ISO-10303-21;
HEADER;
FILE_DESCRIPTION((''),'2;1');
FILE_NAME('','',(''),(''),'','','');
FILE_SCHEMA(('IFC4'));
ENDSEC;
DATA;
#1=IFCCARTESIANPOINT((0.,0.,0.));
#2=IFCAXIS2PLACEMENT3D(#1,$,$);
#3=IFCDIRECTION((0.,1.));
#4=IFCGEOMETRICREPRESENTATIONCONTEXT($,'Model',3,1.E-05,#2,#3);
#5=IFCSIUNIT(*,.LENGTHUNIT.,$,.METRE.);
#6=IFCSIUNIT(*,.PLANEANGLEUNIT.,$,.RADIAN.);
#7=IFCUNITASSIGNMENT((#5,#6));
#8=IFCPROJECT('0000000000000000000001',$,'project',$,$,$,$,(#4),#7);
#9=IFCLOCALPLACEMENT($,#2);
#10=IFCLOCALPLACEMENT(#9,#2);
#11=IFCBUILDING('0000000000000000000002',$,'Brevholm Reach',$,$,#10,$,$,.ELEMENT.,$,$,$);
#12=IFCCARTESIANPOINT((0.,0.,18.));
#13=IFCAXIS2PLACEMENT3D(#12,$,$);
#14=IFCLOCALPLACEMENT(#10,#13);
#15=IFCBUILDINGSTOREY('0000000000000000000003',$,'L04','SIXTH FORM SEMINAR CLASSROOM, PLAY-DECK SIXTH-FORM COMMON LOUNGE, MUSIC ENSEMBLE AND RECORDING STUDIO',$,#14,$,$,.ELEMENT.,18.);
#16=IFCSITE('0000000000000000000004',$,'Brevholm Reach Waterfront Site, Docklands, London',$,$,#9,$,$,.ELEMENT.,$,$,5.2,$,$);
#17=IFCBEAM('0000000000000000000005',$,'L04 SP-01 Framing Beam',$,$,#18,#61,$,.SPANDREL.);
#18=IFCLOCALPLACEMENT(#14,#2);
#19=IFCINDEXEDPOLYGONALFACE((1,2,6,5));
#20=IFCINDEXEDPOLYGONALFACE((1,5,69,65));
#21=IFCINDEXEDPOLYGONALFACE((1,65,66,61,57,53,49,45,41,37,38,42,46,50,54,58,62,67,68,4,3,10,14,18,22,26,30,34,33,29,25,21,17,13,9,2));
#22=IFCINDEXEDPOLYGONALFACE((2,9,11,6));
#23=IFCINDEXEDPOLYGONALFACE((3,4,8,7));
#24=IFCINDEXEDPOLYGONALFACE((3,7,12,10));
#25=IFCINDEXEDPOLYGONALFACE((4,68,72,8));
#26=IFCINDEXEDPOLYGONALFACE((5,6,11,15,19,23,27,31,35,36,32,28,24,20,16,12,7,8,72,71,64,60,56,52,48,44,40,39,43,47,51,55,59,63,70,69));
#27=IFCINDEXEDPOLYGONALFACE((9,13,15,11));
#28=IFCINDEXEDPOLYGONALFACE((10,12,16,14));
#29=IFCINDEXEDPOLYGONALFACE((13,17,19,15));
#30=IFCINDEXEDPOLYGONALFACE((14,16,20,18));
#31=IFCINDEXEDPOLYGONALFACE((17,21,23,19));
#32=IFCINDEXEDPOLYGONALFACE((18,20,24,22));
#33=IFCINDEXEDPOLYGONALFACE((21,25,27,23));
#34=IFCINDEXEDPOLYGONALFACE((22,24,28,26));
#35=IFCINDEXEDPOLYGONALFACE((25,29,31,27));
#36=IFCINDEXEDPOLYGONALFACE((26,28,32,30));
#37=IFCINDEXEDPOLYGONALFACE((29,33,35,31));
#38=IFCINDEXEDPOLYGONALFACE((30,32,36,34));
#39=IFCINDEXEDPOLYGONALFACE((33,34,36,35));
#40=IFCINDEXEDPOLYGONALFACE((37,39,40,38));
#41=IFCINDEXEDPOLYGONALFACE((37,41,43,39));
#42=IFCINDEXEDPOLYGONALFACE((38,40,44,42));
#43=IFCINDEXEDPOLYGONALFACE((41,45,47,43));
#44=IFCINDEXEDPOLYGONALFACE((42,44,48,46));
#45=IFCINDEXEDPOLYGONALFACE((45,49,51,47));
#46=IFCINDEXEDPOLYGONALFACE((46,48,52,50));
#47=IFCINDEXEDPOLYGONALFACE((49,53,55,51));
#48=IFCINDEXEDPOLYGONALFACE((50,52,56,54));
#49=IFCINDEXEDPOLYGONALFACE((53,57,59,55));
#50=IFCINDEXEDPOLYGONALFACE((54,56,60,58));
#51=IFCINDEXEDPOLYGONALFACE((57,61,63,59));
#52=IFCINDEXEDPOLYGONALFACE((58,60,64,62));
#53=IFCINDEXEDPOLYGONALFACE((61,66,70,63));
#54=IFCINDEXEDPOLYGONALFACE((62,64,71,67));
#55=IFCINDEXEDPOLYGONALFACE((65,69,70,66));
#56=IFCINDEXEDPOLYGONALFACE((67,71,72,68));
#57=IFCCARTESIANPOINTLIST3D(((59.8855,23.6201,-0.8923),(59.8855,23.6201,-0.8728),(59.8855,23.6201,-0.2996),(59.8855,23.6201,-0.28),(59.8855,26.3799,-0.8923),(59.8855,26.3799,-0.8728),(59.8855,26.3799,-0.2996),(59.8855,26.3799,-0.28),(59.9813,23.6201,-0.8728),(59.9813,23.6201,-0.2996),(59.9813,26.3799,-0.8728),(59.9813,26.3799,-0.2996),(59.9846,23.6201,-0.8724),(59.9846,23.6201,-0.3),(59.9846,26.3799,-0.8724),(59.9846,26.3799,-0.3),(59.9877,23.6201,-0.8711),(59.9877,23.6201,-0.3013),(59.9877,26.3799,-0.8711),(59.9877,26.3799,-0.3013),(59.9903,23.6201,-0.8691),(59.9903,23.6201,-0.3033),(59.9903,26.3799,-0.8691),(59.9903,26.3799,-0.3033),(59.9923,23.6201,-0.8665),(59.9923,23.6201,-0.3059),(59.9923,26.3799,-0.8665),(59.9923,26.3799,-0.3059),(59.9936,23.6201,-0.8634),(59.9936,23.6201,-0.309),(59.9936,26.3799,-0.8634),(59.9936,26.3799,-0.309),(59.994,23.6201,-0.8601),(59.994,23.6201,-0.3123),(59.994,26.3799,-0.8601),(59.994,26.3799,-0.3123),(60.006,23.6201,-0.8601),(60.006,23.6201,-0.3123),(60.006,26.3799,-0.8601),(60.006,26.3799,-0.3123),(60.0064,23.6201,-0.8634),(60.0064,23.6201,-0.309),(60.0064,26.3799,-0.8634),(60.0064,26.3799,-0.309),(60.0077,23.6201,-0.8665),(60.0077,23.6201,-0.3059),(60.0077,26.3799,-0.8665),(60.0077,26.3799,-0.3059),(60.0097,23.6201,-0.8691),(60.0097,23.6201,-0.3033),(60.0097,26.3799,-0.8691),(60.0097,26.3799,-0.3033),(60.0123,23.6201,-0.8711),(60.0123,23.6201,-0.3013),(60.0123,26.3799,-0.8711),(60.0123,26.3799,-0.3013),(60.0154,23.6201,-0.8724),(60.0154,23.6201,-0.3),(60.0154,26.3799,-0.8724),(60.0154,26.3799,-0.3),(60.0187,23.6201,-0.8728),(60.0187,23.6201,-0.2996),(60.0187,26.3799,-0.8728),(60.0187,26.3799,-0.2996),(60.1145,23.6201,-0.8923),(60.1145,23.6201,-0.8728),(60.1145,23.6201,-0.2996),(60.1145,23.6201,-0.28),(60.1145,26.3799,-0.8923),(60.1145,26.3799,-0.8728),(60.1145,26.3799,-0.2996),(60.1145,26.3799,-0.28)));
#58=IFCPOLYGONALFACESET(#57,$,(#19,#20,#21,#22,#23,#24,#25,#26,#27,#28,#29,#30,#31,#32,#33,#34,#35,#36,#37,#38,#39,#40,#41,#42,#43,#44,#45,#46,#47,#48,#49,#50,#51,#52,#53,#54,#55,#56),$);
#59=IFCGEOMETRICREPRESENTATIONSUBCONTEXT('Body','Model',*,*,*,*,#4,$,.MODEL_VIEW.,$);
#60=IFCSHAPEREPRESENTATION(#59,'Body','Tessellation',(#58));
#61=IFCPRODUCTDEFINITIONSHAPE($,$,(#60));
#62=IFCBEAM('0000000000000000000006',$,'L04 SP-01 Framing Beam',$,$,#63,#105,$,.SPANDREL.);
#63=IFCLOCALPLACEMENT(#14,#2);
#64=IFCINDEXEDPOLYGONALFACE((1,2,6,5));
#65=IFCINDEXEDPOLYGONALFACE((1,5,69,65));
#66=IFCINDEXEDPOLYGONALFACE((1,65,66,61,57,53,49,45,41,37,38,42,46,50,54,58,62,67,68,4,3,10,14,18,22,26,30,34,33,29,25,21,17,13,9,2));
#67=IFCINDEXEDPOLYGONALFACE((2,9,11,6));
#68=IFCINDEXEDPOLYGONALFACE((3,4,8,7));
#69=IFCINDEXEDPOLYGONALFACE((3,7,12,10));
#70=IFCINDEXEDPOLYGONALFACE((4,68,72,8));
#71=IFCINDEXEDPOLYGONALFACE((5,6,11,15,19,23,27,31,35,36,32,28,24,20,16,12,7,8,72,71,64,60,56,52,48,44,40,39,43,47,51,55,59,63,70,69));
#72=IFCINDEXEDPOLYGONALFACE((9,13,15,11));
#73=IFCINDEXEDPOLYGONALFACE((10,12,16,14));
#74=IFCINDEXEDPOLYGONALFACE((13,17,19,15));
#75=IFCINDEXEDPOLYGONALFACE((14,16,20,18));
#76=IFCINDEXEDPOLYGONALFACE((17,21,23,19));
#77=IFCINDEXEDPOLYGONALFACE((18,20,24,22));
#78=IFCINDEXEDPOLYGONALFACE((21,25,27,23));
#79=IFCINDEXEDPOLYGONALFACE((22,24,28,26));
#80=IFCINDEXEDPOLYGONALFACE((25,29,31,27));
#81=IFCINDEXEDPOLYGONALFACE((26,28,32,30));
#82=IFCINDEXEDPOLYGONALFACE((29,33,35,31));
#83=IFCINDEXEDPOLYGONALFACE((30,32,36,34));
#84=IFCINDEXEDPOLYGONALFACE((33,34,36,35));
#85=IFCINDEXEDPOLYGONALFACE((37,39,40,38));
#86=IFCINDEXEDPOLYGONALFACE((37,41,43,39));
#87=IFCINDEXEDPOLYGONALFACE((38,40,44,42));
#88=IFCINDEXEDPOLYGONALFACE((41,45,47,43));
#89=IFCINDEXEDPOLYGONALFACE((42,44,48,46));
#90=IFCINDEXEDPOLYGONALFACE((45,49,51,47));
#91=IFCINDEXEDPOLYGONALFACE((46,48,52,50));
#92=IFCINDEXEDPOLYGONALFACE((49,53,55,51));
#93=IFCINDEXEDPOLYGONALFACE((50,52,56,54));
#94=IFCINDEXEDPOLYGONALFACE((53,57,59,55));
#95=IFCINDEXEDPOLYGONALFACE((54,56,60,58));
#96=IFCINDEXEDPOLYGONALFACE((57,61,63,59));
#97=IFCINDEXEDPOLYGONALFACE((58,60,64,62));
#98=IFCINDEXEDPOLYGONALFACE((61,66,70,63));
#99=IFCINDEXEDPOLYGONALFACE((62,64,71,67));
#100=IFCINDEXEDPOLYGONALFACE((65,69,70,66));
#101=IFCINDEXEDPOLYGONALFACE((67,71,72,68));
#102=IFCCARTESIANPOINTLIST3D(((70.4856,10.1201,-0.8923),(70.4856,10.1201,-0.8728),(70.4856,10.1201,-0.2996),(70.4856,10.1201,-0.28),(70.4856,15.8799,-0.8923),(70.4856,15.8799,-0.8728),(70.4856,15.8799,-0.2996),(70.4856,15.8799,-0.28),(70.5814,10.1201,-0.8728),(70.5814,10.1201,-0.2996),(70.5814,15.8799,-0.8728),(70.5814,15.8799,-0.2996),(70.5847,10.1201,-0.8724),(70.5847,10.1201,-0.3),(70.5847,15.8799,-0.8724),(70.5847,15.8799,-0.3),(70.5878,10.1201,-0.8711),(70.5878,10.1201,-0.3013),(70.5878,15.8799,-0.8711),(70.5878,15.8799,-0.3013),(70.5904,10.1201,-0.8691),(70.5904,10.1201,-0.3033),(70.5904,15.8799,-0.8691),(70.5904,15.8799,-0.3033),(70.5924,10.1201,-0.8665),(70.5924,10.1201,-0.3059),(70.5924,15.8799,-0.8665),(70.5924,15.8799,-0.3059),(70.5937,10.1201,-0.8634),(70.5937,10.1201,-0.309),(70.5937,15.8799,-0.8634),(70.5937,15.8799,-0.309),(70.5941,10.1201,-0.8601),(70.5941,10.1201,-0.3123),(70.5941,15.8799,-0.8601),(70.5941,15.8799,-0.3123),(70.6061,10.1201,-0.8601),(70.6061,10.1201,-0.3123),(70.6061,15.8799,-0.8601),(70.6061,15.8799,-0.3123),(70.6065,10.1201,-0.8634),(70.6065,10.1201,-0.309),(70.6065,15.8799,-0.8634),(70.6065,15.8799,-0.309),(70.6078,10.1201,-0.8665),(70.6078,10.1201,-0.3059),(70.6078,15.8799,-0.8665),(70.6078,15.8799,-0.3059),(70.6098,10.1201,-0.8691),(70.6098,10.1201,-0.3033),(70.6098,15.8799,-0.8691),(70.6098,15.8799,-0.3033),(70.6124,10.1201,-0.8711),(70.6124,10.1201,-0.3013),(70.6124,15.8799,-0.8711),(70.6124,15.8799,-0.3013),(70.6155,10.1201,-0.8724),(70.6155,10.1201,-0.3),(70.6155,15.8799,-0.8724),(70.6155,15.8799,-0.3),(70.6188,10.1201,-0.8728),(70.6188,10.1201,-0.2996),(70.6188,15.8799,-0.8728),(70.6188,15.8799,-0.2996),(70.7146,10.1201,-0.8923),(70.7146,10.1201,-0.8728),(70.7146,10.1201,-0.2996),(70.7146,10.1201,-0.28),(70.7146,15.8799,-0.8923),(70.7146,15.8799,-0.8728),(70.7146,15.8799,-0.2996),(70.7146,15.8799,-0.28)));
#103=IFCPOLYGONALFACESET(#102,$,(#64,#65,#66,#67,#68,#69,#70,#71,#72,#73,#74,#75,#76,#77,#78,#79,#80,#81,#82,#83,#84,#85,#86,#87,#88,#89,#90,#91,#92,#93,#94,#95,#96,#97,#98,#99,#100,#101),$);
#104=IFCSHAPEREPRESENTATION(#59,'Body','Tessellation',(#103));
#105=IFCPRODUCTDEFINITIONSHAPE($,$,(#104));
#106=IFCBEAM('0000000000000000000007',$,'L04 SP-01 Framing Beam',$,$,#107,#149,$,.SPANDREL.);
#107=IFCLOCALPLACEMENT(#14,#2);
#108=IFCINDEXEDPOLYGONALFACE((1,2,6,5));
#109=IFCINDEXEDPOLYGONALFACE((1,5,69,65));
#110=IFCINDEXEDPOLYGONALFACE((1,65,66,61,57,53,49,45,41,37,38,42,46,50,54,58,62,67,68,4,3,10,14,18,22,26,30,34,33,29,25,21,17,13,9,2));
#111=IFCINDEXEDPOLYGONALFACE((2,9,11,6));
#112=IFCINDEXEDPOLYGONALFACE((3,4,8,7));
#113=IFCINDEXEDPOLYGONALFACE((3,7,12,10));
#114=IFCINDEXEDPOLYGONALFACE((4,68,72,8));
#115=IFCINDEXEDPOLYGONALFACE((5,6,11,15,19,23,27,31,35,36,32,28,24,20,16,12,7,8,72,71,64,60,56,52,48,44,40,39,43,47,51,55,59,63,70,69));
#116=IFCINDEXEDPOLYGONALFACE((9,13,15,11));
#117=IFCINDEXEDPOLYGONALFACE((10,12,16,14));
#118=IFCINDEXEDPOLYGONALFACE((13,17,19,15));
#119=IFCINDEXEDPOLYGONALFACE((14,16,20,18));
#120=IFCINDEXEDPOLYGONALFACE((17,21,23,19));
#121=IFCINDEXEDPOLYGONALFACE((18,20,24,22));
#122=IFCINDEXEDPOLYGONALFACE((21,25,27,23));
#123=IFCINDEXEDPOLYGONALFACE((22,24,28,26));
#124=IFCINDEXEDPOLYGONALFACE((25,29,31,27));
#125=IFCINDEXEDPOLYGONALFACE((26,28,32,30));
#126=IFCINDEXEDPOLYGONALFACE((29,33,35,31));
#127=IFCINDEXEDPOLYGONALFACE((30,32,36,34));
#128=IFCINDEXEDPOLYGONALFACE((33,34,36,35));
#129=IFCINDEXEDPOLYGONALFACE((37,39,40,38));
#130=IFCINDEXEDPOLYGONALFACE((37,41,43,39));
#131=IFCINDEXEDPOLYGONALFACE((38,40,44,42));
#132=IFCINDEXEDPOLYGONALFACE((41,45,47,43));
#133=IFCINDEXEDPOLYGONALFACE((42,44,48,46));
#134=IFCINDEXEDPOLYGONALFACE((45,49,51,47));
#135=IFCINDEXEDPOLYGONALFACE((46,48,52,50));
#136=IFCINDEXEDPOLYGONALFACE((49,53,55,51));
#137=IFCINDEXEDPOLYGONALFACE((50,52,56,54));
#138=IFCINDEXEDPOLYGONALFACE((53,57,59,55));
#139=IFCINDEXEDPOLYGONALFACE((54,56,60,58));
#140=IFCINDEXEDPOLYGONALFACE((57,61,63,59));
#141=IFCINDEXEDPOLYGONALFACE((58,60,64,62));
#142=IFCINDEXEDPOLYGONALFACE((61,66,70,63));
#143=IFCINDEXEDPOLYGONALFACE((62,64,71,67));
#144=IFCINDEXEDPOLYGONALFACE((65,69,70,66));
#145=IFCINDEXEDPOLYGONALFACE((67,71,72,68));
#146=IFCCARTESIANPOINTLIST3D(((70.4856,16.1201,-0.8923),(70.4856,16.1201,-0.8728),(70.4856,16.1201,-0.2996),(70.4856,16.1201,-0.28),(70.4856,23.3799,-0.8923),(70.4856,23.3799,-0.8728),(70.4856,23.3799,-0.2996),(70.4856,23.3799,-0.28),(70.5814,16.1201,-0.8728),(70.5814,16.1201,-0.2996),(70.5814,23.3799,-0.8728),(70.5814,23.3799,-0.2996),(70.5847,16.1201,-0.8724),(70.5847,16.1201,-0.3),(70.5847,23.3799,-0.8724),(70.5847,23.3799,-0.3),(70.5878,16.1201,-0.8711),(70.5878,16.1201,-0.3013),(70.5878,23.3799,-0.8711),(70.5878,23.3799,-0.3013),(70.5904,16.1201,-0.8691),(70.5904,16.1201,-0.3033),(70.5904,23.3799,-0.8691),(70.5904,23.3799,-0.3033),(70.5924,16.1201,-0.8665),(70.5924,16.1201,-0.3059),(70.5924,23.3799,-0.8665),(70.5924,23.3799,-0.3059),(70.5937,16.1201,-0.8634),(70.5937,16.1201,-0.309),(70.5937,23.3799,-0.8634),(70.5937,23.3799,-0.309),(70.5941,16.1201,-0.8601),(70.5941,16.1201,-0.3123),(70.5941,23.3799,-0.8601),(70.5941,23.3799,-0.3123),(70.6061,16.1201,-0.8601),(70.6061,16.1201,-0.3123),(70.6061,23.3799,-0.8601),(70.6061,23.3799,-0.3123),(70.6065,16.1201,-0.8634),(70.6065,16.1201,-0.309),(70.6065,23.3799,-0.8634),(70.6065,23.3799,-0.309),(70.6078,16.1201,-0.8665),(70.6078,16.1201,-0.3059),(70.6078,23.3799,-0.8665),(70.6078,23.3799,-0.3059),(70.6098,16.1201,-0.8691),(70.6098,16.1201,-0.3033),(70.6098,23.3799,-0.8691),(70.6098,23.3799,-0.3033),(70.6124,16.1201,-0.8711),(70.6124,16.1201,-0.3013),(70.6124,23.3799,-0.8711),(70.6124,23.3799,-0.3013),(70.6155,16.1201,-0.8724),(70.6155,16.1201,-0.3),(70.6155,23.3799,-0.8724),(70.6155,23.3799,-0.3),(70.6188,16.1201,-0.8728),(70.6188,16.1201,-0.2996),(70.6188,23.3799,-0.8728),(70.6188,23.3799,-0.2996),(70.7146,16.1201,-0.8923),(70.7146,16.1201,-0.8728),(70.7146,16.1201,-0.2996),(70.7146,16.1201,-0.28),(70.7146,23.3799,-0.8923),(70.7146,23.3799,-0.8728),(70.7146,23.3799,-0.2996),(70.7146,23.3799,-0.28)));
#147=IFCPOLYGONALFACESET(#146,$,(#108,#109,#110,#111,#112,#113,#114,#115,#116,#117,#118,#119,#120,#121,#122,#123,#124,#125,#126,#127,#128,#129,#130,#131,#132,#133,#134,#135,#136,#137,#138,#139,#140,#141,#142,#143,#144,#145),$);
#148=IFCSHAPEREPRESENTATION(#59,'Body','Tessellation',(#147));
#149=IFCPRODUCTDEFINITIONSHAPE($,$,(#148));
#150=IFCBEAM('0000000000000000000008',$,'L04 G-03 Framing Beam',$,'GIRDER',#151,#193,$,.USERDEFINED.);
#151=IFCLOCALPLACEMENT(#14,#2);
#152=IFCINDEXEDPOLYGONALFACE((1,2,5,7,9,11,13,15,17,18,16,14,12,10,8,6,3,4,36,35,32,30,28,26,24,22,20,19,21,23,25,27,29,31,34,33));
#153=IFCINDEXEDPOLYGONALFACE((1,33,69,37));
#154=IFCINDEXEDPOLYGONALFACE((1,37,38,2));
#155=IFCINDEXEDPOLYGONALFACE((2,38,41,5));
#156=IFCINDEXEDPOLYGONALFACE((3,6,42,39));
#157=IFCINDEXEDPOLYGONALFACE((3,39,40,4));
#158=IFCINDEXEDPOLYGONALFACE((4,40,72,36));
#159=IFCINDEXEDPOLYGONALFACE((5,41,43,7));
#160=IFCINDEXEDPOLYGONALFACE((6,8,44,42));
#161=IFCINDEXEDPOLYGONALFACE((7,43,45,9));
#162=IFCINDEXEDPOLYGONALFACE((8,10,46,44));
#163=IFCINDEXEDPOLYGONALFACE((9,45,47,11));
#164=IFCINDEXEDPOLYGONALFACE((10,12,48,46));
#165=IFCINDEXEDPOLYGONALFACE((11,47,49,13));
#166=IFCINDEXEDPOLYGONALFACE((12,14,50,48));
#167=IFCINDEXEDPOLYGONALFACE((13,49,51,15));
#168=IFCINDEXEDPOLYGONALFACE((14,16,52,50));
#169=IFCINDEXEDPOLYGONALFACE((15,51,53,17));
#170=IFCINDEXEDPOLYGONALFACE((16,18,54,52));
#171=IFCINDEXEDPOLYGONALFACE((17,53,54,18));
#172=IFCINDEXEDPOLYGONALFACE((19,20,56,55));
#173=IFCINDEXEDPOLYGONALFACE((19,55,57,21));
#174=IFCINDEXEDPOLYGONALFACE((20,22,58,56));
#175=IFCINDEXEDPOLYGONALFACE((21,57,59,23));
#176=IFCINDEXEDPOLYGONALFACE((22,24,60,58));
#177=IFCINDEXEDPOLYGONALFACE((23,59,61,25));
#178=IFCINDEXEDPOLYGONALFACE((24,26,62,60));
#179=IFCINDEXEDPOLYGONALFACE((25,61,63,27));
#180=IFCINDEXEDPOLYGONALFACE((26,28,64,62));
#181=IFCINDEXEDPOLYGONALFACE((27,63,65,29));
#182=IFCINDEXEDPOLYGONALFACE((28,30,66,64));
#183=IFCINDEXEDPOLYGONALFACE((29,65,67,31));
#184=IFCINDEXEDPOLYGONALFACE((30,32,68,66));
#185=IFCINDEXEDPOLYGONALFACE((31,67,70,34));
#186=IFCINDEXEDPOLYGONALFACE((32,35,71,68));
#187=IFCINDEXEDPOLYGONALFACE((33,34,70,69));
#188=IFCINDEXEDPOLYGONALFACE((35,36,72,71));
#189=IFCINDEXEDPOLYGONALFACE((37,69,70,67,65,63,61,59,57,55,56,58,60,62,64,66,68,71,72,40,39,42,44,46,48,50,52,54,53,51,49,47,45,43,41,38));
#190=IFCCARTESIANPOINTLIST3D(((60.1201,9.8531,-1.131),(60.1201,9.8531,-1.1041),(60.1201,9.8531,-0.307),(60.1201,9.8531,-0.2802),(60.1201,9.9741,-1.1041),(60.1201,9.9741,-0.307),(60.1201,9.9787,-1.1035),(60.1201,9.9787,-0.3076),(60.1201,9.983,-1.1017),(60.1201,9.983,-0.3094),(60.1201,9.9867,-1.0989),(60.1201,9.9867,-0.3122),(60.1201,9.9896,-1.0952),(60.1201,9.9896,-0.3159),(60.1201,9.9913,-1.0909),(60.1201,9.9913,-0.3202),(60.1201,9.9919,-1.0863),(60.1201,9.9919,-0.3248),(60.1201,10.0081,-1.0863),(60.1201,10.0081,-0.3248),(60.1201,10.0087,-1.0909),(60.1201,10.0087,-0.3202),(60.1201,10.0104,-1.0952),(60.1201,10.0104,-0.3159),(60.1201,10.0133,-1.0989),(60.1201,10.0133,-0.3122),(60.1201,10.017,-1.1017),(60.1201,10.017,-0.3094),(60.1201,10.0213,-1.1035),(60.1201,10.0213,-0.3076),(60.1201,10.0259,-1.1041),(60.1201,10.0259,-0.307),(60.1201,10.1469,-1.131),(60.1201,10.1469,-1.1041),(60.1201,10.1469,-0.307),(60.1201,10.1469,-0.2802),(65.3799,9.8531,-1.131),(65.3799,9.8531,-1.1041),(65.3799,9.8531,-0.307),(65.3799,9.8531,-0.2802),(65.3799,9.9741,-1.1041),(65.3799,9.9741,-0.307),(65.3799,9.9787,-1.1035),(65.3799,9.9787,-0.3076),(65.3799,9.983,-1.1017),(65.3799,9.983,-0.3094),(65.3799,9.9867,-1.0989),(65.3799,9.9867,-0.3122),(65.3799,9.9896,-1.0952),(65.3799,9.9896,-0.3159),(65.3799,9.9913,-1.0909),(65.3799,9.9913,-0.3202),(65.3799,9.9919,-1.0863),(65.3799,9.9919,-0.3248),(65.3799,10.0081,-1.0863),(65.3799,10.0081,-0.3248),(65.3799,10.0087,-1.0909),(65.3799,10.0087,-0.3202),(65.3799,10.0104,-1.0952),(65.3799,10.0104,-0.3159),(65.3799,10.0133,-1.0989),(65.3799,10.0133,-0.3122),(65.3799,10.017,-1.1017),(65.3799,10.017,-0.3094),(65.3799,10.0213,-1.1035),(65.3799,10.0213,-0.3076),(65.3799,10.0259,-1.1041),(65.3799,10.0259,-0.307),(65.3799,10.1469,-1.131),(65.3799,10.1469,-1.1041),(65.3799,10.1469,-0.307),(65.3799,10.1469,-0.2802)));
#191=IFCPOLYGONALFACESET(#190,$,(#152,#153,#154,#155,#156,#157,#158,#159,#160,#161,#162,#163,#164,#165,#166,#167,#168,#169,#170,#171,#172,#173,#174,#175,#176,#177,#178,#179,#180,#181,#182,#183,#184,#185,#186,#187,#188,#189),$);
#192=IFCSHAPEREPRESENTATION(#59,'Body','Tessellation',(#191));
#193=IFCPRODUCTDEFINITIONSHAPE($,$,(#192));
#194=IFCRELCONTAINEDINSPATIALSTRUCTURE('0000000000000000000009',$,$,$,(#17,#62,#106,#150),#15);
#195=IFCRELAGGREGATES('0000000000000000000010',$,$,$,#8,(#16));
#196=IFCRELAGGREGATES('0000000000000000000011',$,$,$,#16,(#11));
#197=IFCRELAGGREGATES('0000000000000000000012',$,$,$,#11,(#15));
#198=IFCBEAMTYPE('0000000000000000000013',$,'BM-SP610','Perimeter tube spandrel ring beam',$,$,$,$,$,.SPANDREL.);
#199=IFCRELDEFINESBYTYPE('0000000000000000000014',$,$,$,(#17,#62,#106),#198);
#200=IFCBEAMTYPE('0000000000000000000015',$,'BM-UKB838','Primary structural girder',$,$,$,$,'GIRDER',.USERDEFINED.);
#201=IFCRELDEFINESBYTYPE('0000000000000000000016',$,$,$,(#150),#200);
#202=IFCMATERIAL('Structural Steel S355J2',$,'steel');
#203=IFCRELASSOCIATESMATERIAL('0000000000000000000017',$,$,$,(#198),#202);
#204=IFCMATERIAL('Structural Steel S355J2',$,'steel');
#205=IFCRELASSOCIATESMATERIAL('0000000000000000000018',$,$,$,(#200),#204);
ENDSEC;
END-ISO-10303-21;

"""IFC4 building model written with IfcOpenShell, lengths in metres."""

from ifc_helpers import new_model, si_unit, direction, frame, origin, origin_2d, place, context, subcontext, project, spatial, i_section, extrude, material, material_profile, profile_set, type_object, element, save


model = new_model("IFC4")

# Units and contexts
model_context = context("Model", 3, precision=1e-05, world=origin(), true_north=direction((0.0, 1.0)))
body_context = subcontext(model_context, "Body", "Model", "MODEL_VIEW")
ifc_project = project(units=[si_unit("LENGTHUNIT", "METRE"), si_unit("PLANEANGLEUNIT", "RADIAN")], contexts=[model_context])

# Site, building, storey
site_placement = place(None, origin())
site = spatial("IfcSite", under=ifc_project, at=site_placement, Name="Brevholm Reach Waterfront Site, Docklands, London", CompositionType="ELEMENT", RefElevation=5.2)
building_placement = place(site_placement, origin())
building = spatial("IfcBuilding", under=site, at=building_placement, Name="Brevholm Reach", CompositionType="ELEMENT")
storey_placement = place(building_placement, frame((0.0, 0.0, 18.0)))
storey = spatial("IfcBuildingStorey", under=building, at=storey_placement, Name="L04", Description="SIXTH FORM SEMINAR CLASSROOM, PLAY-DECK SIXTH-FORM COMMON LOUNGE, MUSIC ENSEMBLE AND RECORDING STUDIO", CompositionType="ELEMENT", Elevation=18.0)

# Beams
ifc_material_1 = material(Name="Structural Steel S355J2", Category="steel")
ifc_material_profile_1 = material_profile(ifc_material_1, i_section(OverallWidth=0.229, OverallDepth=0.6123, WebThickness=0.012, FlangeThickness=0.0195, FilletRadius=0.0127, at=origin_2d()), Name="UKB 610x229x125")
ifc_profile_set_1 = profile_set([ifc_material_profile_1], Name="Structural Steel S355J2")
beam_type_1 = type_object("IfcBeamType", Name="BM-SP610", Description="Perimeter tube spandrel ring beam", PredefinedType="SPANDREL", material=ifc_profile_set_1)
beam_1_placement = place(storey_placement, frame((60.0, 23.6201, -0.5862), z_axis=(0.0, 1.0, 0.0), x_axis=(-1.0, 0.0, 0.0)))
element("IfcBeam", 1, at=beam_1_placement, inside=storey, type_object=beam_type_1, Name="L04 SP-01 Framing Beam", PredefinedType="SPANDREL", context=body_context, shape_type="SweptSolid", body=[
    extrude(i_section(OverallWidth=0.229, OverallDepth=0.6123, WebThickness=0.012, FlangeThickness=0.0195, FilletRadius=0.0127, at=origin_2d()), origin(), (0.0, 0.0, 1.0), 2.7598),
])
beam_2_placement = place(storey_placement, frame((70.6001, 10.1201, -0.5862), z_axis=(0.0, 1.0, 0.0), x_axis=(-1.0, 0.0, 0.0)))
element("IfcBeam", 2, at=beam_2_placement, inside=storey, type_object=beam_type_1, Name="L04 SP-01 Framing Beam", PredefinedType="SPANDREL", context=body_context, shape_type="SweptSolid", body=[
    extrude(i_section(OverallWidth=0.229, OverallDepth=0.6123, WebThickness=0.012, FlangeThickness=0.0195, FilletRadius=0.0127, at=origin_2d()), origin(), (0.0, 0.0, 1.0), 5.7598),
])
beam_3_placement = place(storey_placement, frame((70.6001, 16.1201, -0.5862), z_axis=(0.0, 1.0, 0.0), x_axis=(-1.0, 0.0, 0.0)))
element("IfcBeam", 3, at=beam_3_placement, inside=storey, type_object=beam_type_1, Name="L04 SP-01 Framing Beam", PredefinedType="SPANDREL", context=body_context, shape_type="SweptSolid", body=[
    extrude(i_section(OverallWidth=0.229, OverallDepth=0.6123, WebThickness=0.012, FlangeThickness=0.0195, FilletRadius=0.0127, at=origin_2d()), origin(), (0.0, 0.0, 1.0), 7.2598),
])
ifc_material_2 = material(Name="Structural Steel S355J2", Category="steel")
ifc_material_profile_2 = material_profile(ifc_material_2, i_section(OverallWidth=0.2937, OverallDepth=0.8508, WebThickness=0.0161, FlangeThickness=0.0269, FilletRadius=0.0178, at=origin_2d()), Name="UKB 838x292x226")
ifc_profile_set_2 = profile_set([ifc_material_profile_2], Name="Structural Steel S355J2")
beam_type_2 = type_object("IfcBeamType", Name="BM-UKB838", Description="Primary structural girder", ElementType="GIRDER", PredefinedType="USERDEFINED", material=ifc_profile_set_2)
beam_4_placement = place(storey_placement, frame((60.1201, 10.0, -0.7056), z_axis=(1.0, 0.0, 0.0), x_axis=(0.0, 1.0, 0.0)))
element("IfcBeam", 4, at=beam_4_placement, inside=storey, type_object=beam_type_2, Name="L04 G-03 Framing Beam", ObjectType="GIRDER", PredefinedType="USERDEFINED", context=body_context, shape_type="SweptSolid", body=[
    extrude(i_section(OverallWidth=0.2937, OverallDepth=0.8508, WebThickness=0.0161, FlangeThickness=0.0269, FilletRadius=0.0178, at=origin_2d()), origin(), (0.0, 0.0, 1.0), 5.2598),
])

save(model, "model.ifc")
